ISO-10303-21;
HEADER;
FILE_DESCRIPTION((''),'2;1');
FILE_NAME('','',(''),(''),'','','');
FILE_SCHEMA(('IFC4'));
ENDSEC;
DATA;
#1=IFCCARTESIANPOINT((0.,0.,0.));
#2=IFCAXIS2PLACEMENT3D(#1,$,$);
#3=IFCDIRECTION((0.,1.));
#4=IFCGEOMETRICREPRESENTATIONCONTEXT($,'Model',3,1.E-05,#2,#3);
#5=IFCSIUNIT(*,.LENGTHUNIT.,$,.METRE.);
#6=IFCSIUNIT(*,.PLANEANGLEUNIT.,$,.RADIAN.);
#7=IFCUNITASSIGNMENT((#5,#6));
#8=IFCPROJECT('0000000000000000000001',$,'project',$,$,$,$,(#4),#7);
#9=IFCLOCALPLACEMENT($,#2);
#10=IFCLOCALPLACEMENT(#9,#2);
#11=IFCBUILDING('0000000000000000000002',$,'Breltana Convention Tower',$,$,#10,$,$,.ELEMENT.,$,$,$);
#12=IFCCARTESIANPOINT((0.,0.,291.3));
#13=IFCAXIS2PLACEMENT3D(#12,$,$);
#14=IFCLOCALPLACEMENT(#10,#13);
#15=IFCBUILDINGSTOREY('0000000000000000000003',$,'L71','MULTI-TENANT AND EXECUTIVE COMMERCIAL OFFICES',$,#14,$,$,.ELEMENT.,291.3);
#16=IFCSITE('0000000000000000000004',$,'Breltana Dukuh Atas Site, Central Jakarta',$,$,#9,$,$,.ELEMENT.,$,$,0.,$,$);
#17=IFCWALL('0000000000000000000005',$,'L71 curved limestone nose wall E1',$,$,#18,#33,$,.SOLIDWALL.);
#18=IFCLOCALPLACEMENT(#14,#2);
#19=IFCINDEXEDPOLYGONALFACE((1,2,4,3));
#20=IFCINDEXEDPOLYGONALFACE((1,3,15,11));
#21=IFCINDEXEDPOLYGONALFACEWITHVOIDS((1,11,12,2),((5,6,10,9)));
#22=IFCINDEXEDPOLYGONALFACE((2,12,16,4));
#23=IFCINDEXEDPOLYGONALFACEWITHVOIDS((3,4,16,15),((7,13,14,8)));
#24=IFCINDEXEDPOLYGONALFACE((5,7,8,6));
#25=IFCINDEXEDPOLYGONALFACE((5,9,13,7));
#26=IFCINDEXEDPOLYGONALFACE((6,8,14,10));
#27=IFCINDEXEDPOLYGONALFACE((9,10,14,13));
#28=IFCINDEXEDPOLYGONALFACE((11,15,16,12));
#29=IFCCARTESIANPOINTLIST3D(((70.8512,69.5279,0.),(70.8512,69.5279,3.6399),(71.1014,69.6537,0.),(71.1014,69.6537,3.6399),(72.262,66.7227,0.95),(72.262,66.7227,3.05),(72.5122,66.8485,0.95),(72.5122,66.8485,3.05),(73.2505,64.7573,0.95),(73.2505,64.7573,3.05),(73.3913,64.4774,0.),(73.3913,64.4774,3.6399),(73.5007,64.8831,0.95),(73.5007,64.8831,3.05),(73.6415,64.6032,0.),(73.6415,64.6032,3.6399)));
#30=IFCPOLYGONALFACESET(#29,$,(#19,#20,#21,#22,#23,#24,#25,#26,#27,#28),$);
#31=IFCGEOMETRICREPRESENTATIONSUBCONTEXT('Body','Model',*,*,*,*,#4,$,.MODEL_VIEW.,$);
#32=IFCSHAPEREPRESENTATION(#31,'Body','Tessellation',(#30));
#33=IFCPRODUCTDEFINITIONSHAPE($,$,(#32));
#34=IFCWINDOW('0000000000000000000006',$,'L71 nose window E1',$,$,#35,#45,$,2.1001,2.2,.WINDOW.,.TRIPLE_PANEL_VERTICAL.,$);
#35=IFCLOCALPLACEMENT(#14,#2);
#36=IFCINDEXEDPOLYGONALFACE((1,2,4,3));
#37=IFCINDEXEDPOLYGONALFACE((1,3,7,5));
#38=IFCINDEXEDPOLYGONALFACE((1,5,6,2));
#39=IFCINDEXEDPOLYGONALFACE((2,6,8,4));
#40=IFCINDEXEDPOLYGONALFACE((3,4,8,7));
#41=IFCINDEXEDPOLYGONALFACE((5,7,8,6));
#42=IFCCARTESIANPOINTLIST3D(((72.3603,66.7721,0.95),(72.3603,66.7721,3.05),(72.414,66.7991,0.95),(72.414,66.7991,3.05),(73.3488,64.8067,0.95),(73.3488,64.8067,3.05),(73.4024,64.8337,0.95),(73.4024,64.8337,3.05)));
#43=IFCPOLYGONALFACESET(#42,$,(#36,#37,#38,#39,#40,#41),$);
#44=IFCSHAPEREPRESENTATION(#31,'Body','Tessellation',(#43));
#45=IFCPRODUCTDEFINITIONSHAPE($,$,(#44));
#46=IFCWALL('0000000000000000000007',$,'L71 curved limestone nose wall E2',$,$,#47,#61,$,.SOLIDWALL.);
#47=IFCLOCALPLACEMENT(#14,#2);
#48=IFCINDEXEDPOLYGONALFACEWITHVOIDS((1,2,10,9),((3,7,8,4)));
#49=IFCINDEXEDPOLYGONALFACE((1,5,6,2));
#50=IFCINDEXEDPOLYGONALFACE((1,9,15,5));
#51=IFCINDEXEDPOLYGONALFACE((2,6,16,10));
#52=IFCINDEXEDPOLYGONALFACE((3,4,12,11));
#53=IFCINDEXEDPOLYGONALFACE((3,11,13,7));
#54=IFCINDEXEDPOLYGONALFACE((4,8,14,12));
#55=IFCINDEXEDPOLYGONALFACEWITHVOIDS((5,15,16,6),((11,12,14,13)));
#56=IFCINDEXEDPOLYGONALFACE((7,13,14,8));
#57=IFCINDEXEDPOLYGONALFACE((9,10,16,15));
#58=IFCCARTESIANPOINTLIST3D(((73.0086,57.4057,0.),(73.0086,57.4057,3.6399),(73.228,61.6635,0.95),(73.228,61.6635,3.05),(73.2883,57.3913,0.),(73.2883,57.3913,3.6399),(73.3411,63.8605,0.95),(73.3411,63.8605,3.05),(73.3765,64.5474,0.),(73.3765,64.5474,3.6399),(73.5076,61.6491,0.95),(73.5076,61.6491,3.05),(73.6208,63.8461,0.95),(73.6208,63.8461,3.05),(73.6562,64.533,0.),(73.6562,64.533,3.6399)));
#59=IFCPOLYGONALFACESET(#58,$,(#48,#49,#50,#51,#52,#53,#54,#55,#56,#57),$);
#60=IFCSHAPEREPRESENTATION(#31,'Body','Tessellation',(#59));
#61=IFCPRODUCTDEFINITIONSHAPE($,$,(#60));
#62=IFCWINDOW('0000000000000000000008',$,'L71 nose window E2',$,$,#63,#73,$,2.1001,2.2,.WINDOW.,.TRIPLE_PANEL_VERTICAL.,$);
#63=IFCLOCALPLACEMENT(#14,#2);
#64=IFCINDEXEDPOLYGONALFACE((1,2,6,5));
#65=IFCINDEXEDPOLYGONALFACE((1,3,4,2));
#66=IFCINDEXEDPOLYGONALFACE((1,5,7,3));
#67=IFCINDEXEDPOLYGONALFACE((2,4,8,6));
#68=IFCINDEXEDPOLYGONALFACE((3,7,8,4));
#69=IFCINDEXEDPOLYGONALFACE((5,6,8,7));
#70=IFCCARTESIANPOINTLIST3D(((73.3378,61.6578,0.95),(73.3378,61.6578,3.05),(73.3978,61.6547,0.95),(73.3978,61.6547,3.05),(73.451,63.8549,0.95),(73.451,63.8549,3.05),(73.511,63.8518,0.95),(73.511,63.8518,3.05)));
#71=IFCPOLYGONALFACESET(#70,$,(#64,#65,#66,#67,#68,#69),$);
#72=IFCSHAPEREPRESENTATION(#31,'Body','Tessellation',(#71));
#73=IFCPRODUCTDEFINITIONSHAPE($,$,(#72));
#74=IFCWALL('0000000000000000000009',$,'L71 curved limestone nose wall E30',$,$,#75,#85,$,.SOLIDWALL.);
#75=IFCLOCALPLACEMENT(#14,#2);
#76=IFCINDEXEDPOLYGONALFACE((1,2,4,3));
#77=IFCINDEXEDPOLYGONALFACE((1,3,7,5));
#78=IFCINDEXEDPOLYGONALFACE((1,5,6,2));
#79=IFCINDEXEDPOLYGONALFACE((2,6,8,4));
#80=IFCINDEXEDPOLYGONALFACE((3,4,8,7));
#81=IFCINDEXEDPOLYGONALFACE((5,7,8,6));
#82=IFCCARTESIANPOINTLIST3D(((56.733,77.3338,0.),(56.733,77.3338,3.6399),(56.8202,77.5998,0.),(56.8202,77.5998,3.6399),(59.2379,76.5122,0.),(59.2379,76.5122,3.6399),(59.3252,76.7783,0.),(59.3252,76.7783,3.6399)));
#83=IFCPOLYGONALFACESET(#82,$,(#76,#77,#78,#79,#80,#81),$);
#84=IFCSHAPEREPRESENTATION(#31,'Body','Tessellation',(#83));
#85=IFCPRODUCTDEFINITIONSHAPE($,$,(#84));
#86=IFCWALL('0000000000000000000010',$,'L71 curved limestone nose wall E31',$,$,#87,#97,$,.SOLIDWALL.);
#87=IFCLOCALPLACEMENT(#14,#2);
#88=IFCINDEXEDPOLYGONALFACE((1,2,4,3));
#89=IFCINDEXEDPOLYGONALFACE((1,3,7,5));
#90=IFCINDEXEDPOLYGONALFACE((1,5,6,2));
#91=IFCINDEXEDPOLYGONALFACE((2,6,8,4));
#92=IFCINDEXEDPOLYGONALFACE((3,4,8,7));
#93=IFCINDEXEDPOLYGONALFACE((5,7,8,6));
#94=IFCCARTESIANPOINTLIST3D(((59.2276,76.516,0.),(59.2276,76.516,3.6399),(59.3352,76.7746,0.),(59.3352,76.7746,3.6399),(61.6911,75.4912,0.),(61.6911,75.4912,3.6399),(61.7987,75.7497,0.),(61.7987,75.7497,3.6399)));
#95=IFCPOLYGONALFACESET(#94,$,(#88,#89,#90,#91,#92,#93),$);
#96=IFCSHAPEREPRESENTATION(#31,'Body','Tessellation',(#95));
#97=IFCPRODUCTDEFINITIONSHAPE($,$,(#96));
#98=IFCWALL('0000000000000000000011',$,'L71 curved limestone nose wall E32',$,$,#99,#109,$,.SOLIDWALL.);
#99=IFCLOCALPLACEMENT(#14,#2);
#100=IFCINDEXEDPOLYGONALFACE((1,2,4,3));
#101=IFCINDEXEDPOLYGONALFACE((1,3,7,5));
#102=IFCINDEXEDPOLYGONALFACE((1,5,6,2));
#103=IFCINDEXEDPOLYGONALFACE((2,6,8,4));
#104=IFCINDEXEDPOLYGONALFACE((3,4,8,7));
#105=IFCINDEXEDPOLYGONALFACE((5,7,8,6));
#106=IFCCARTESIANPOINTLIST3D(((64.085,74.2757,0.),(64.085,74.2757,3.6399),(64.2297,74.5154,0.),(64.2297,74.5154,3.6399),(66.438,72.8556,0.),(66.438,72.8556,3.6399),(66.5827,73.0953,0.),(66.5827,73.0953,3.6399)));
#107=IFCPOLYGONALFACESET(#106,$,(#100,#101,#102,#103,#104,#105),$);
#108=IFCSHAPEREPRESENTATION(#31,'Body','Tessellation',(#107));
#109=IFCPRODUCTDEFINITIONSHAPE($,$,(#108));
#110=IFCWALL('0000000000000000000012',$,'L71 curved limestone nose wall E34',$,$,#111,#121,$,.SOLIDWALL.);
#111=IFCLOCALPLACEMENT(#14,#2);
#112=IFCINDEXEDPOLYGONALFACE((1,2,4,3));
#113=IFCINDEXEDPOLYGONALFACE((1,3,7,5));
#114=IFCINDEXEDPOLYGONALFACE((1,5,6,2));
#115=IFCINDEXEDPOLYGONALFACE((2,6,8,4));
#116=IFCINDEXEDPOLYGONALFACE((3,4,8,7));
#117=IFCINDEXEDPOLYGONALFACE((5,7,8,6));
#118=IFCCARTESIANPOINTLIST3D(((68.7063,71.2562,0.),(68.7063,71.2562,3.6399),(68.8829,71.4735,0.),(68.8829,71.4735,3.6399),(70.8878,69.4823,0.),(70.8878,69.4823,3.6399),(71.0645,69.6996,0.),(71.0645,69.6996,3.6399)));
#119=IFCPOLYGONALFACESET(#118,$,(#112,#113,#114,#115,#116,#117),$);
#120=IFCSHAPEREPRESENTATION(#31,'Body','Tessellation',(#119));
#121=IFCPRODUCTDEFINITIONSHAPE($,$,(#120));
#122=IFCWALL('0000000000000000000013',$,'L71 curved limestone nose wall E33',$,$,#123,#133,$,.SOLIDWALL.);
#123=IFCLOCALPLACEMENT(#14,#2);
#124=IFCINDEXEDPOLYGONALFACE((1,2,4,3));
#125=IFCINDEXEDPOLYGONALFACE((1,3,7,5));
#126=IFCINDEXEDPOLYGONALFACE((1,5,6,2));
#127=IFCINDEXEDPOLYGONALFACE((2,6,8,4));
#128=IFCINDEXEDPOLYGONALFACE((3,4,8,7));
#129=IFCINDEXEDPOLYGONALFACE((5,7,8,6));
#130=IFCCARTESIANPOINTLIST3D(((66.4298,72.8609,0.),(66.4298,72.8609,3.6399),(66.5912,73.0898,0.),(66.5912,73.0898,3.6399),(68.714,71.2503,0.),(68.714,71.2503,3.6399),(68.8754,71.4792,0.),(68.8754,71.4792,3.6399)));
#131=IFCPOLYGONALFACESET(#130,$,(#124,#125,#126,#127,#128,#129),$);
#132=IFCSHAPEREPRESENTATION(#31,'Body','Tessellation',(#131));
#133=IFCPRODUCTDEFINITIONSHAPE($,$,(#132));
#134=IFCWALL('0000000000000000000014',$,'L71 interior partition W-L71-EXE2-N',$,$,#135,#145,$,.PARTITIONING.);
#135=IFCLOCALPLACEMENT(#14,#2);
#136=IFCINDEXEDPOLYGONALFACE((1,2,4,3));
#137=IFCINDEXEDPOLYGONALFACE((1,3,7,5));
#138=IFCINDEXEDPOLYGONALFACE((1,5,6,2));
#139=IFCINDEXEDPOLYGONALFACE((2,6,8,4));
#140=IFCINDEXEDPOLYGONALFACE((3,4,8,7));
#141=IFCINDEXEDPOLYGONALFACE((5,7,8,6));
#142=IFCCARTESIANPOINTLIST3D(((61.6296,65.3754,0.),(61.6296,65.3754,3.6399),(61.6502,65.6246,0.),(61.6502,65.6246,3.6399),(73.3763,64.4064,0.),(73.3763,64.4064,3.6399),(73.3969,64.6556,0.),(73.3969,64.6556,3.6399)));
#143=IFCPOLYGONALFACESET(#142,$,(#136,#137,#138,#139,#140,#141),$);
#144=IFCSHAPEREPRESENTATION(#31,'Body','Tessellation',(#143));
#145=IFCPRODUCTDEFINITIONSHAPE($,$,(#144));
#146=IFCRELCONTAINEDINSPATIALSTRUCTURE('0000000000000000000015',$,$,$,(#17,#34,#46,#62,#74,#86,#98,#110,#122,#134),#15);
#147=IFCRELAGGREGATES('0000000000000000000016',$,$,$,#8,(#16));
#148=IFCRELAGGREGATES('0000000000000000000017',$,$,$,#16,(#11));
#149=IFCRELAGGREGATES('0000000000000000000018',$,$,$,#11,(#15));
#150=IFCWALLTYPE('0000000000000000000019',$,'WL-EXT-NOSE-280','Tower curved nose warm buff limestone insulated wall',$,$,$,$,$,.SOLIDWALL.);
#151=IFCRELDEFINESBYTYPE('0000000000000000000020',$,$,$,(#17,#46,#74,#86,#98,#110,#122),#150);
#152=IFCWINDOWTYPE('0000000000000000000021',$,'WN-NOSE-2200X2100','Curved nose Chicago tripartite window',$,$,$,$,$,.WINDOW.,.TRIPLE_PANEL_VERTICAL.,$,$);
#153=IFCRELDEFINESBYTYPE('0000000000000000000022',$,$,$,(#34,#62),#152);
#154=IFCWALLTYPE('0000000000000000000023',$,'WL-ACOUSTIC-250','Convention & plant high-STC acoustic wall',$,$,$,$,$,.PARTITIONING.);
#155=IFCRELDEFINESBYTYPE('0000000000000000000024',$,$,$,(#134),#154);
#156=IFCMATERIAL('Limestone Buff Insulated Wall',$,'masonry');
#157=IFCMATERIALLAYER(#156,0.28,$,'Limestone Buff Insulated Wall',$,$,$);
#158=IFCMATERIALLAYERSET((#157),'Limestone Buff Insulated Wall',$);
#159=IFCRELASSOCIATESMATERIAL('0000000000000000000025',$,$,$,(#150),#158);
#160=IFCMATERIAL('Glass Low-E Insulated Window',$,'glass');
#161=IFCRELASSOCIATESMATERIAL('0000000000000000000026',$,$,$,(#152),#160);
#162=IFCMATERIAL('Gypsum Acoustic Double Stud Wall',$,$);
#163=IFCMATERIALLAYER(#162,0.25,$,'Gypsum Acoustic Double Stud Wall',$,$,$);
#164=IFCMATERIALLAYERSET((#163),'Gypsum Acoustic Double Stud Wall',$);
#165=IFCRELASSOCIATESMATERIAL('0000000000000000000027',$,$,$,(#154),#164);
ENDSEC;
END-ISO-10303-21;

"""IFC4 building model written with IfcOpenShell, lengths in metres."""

from ifc_helpers import new_model, si_unit, direction, frame, frame_2d, origin, place, context, subcontext, project, spatial, rectangle, extrude, source, transform, mapped, material, layer, layer_set, type_object, type_shapes, element, fill, save


model = new_model("IFC4")

# Units and contexts
model_context = context("Model", 3, precision=1e-05, world=origin(), true_north=direction((0.0, 1.0)))
body_context = subcontext(model_context, "Body", "Model", "MODEL_VIEW")
ifc_project = project(units=[si_unit("LENGTHUNIT", "METRE"), si_unit("PLANEANGLEUNIT", "RADIAN")], contexts=[model_context])

# Site, building, storey
site_placement = place(None, origin())
site = spatial("IfcSite", under=ifc_project, at=site_placement, Name="Breltana Dukuh Atas Site, Central Jakarta", CompositionType="ELEMENT", RefElevation=0.0)
building_placement = place(site_placement, origin())
building = spatial("IfcBuilding", under=site, at=building_placement, Name="Breltana Convention Tower", CompositionType="ELEMENT")
storey_placement = place(building_placement, frame((0.0, 0.0, 291.3)))
storey = spatial("IfcBuildingStorey", under=building, at=storey_placement, Name="L71", Description="MULTI-TENANT AND EXECUTIVE COMMERCIAL OFFICES", CompositionType="ELEMENT", Elevation=291.3)

# Walls, openings, windows
ifc_material_1 = material(Name="Limestone Buff Insulated Wall", Category="masonry")
ifc_layer_1 = layer(ifc_material_1, 0.28, Name="Limestone Buff Insulated Wall")
ifc_layer_set_1 = layer_set([ifc_layer_1], Name="Limestone Buff Insulated Wall")
wall_type_1 = type_object("IfcWallType", Name="WL-EXT-NOSE-280", Description="Tower curved nose warm buff limestone insulated wall", PredefinedType="SOLIDWALL", material=ifc_layer_set_1)
shared_shape_1 = source(origin(), body_context, "Body", "SweptSolid", [
    extrude(rectangle(XDim=5.6533, YDim=0.28, at=frame_2d((2.8267, 0.0))), origin(), (0.0, 0.0, 1.0), 3.6399),
])
wall_1_placement = place(storey_placement, frame((70.9763, 69.5908, 0.0), z_axis=(0.0, 0.0, 1.0), x_axis=(0.449303, -0.89338, 0.0)))
wall_1 = element("IfcWall", 1, at=wall_1_placement, inside=storey, type_object=wall_type_1, Name="L71 curved limestone nose wall E1", PredefinedType="SOLIDWALL", context=body_context, shape_type="MappedRepresentation", body=[
    mapped(shared_shape_1, transform((0.0, 0.0, 0.0), scale=1.0)),
])
opening_1_placement = place(wall_1_placement, frame((3.1399, 0.0, 0.95)))
opening_1 = element("IfcOpeningElement", 2, at=opening_1_placement, cuts=wall_1, PredefinedType="OPENING", context=body_context, shape_type="SweptSolid", body=[
    extrude(rectangle(XDim=2.2, YDim=2.1001, at=frame_2d((1.1001, 1.05))), frame((0.0, 0.1499, 0.0), z_axis=(0.0, -1.0, 0.0), x_axis=(1.0, 0.0, 0.0)), (0.0, 0.0, 1.0), 0.3),
])
ifc_material_2 = material(Name="Glass Low-E Insulated Window", Category="glass")
window_type = type_object("IfcWindowType", Name="WN-NOSE-2200X2100", Description="Curved nose Chicago tripartite window", PartitioningType="TRIPLE_PANEL_VERTICAL", PredefinedType="WINDOW", material=ifc_material_2)
shared_shape_2 = source(origin(), body_context, "Body", "SweptSolid", [
    extrude(rectangle(XDim=2.2, YDim=2.1001, at=frame_2d((1.1001, 1.05))), frame((0.0, 0.03, 0.0), z_axis=(0.0, -1.0, 0.0), x_axis=(1.0, 0.0, 0.0)), (0.0, 0.0, 1.0), 0.0601),
])
type_shapes(window_type, [shared_shape_2])
window_1_placement = place(opening_1_placement, origin())
window_1 = element("IfcWindow", 3, at=window_1_placement, inside=storey, type_object=window_type, Name="L71 nose window E1", OverallHeight=2.1001, OverallWidth=2.2, PartitioningType="TRIPLE_PANEL_VERTICAL", PredefinedType="WINDOW", context=body_context, shape_type="MappedRepresentation", body=[
    mapped(shared_shape_2, transform((0.0, 0.0, 0.0), scale=1.0)),
])
fill(opening_1, window_1)
shared_shape_3 = source(origin(), body_context, "Body", "SweptSolid", [
    extrude(rectangle(XDim=7.1511, YDim=0.28, at=frame_2d((3.5757, 0.0))), origin(), (0.0, 0.0, 1.0), 3.6399),
])
wall_2_placement = place(storey_placement, frame((73.5164, 64.5403, 0.0), z_axis=(0.0, 0.0, 1.0), x_axis=(-0.05145, -0.998676, 0.0)))
wall_2 = element("IfcWall", 4, at=wall_2_placement, inside=storey, type_object=wall_type_1, Name="L71 curved limestone nose wall E2", PredefinedType="SOLIDWALL", context=body_context, shape_type="MappedRepresentation", body=[
    mapped(shared_shape_3, transform((0.0, 0.0, 0.0), scale=1.0)),
])
opening_2_placement = place(wall_2_placement, frame((0.6877, 0.0, 0.95)))
opening_2 = element("IfcOpeningElement", 5, at=opening_2_placement, cuts=wall_2, PredefinedType="OPENING", context=body_context, shape_type="SweptSolid", body=[
    extrude(rectangle(XDim=2.2, YDim=2.1001, at=frame_2d((1.1001, 1.05))), frame((0.0, 0.1499, 0.0), z_axis=(0.0, -1.0, 0.0), x_axis=(1.0, 0.0, 0.0)), (0.0, 0.0, 1.0), 0.3),
])
window_2_placement = place(opening_2_placement, origin())
window_2 = element("IfcWindow", 6, at=window_2_placement, inside=storey, type_object=window_type, Name="L71 nose window E2", OverallHeight=2.1001, OverallWidth=2.2, PartitioningType="TRIPLE_PANEL_VERTICAL", PredefinedType="WINDOW", context=body_context, shape_type="MappedRepresentation", body=[
    mapped(shared_shape_2, transform((0.0, 0.0, 0.0), scale=1.0)),
])
fill(opening_2, window_2)

# Walls
shared_shape_4 = source(origin(), body_context, "Body", "SweptSolid", [
    extrude(rectangle(XDim=2.6362, YDim=0.28, at=frame_2d((1.3181, 0.0))), origin(), (0.0, 0.0, 1.0), 3.6399),
])
wall_3_placement = place(storey_placement, frame((56.7766, 77.4668, 0.0), z_axis=(0.0, 0.0, 1.0), x_axis=(0.9502, -0.31164, 0.0)))
element("IfcWall", 7, at=wall_3_placement, inside=storey, type_object=wall_type_1, Name="L71 curved limestone nose wall E30", PredefinedType="SOLIDWALL", context=body_context, shape_type="MappedRepresentation", body=[
    mapped(shared_shape_4, transform((0.0, 0.0, 0.0), scale=1.0)),
])
shared_shape_5 = source(origin(), body_context, "Body", "SweptSolid", [
    extrude(rectangle(XDim=2.6682, YDim=0.28, at=frame_2d((1.334, 0.0))), origin(), (0.0, 0.0, 1.0), 3.6399),
])
wall_4_placement = place(storey_placement, frame((59.2815, 76.6453, 0.0), z_axis=(0.0, 0.0, 1.0), x_axis=(0.923291, -0.384102, 0.0)))
element("IfcWall", 8, at=wall_4_placement, inside=storey, type_object=wall_type_1, Name="L71 curved limestone nose wall E31", PredefinedType="SOLIDWALL", context=body_context, shape_type="MappedRepresentation", body=[
    mapped(shared_shape_5, transform((0.0, 0.0, 0.0), scale=1.0)),
])
shared_shape_6 = source(origin(), body_context, "Body", "SweptSolid", [
    extrude(rectangle(XDim=2.7483, YDim=0.28, at=frame_2d((1.374, 0.0))), origin(), (0.0, 0.0, 1.0), 3.6399),
])
wall_5_placement = place(storey_placement, frame((64.1575, 74.3955, 0.0), z_axis=(0.0, 0.0, 1.0), x_axis=(0.85615, -0.516728, 0.0)))
element("IfcWall", 9, at=wall_5_placement, inside=storey, type_object=wall_type_1, Name="L71 curved limestone nose wall E32", PredefinedType="SOLIDWALL", context=body_context, shape_type="MappedRepresentation", body=[
    mapped(shared_shape_6, transform((0.0, 0.0, 0.0), scale=1.0)),
])
shared_shape_7 = source(origin(), body_context, "Body", "SweptSolid", [
    extrude(rectangle(XDim=2.8118, YDim=0.28, at=frame_2d((1.4058, 0.0))), origin(), (0.0, 0.0, 1.0), 3.6399),
])
wall_6_placement = place(storey_placement, frame((68.7947, 71.3647, 0.0), z_axis=(0.0, 0.0, 1.0), x_axis=(0.77588, -0.63088, 0.0)))
element("IfcWall", 10, at=wall_6_placement, inside=storey, type_object=wall_type_1, Name="L71 curved limestone nose wall E34", PredefinedType="SOLIDWALL", context=body_context, shape_type="MappedRepresentation", body=[
    mapped(shared_shape_7, transform((0.0, 0.0, 0.0), scale=1.0)),
])
shared_shape_8 = source(origin(), body_context, "Body", "SweptSolid", [
    extrude(rectangle(XDim=2.7949, YDim=0.28, at=frame_2d((1.3975, 0.0))), origin(), (0.0, 0.0, 1.0), 3.6399),
])
wall_7_placement = place(storey_placement, frame((66.5105, 72.9753, 0.0), z_axis=(0.0, 0.0, 1.0), x_axis=(0.817266, -0.576261, 0.0)))
element("IfcWall", 11, at=wall_7_placement, inside=storey, type_object=wall_type_1, Name="L71 curved limestone nose wall E33", PredefinedType="SOLIDWALL", context=body_context, shape_type="MappedRepresentation", body=[
    mapped(shared_shape_8, transform((0.0, 0.0, 0.0), scale=1.0)),
])
ifc_material_3 = material(Name="Gypsum Acoustic Double Stud Wall")
ifc_layer_2 = layer(ifc_material_3, 0.25, Name="Gypsum Acoustic Double Stud Wall")
ifc_layer_set_2 = layer_set([ifc_layer_2], Name="Gypsum Acoustic Double Stud Wall")
wall_type_2 = type_object("IfcWallType", Name="WL-ACOUSTIC-250", Description="Convention & plant high-STC acoustic wall", PredefinedType="PARTITIONING", material=ifc_layer_set_2)
shared_shape_9 = source(origin(), body_context, "Body", "SweptSolid", [
    extrude(rectangle(XDim=11.7866, YDim=0.25, at=frame_2d((5.8933, 0.0))), origin(), (0.0, 0.0, 1.0), 3.6399),
])
wall_8_placement = place(storey_placement, frame((61.6399, 65.5, 0.0), z_axis=(0.0, 0.0, 1.0), x_axis=(0.996615, -0.082211, 0.0)))
element("IfcWall", 12, at=wall_8_placement, inside=storey, type_object=wall_type_2, Name="L71 interior partition W-L71-EXE2-N", PredefinedType="PARTITIONING", context=body_context, shape_type="MappedRepresentation", body=[
    mapped(shared_shape_9, transform((0.0, 0.0, 0.0), scale=1.0)),
])

save(model, "model.ifc")
